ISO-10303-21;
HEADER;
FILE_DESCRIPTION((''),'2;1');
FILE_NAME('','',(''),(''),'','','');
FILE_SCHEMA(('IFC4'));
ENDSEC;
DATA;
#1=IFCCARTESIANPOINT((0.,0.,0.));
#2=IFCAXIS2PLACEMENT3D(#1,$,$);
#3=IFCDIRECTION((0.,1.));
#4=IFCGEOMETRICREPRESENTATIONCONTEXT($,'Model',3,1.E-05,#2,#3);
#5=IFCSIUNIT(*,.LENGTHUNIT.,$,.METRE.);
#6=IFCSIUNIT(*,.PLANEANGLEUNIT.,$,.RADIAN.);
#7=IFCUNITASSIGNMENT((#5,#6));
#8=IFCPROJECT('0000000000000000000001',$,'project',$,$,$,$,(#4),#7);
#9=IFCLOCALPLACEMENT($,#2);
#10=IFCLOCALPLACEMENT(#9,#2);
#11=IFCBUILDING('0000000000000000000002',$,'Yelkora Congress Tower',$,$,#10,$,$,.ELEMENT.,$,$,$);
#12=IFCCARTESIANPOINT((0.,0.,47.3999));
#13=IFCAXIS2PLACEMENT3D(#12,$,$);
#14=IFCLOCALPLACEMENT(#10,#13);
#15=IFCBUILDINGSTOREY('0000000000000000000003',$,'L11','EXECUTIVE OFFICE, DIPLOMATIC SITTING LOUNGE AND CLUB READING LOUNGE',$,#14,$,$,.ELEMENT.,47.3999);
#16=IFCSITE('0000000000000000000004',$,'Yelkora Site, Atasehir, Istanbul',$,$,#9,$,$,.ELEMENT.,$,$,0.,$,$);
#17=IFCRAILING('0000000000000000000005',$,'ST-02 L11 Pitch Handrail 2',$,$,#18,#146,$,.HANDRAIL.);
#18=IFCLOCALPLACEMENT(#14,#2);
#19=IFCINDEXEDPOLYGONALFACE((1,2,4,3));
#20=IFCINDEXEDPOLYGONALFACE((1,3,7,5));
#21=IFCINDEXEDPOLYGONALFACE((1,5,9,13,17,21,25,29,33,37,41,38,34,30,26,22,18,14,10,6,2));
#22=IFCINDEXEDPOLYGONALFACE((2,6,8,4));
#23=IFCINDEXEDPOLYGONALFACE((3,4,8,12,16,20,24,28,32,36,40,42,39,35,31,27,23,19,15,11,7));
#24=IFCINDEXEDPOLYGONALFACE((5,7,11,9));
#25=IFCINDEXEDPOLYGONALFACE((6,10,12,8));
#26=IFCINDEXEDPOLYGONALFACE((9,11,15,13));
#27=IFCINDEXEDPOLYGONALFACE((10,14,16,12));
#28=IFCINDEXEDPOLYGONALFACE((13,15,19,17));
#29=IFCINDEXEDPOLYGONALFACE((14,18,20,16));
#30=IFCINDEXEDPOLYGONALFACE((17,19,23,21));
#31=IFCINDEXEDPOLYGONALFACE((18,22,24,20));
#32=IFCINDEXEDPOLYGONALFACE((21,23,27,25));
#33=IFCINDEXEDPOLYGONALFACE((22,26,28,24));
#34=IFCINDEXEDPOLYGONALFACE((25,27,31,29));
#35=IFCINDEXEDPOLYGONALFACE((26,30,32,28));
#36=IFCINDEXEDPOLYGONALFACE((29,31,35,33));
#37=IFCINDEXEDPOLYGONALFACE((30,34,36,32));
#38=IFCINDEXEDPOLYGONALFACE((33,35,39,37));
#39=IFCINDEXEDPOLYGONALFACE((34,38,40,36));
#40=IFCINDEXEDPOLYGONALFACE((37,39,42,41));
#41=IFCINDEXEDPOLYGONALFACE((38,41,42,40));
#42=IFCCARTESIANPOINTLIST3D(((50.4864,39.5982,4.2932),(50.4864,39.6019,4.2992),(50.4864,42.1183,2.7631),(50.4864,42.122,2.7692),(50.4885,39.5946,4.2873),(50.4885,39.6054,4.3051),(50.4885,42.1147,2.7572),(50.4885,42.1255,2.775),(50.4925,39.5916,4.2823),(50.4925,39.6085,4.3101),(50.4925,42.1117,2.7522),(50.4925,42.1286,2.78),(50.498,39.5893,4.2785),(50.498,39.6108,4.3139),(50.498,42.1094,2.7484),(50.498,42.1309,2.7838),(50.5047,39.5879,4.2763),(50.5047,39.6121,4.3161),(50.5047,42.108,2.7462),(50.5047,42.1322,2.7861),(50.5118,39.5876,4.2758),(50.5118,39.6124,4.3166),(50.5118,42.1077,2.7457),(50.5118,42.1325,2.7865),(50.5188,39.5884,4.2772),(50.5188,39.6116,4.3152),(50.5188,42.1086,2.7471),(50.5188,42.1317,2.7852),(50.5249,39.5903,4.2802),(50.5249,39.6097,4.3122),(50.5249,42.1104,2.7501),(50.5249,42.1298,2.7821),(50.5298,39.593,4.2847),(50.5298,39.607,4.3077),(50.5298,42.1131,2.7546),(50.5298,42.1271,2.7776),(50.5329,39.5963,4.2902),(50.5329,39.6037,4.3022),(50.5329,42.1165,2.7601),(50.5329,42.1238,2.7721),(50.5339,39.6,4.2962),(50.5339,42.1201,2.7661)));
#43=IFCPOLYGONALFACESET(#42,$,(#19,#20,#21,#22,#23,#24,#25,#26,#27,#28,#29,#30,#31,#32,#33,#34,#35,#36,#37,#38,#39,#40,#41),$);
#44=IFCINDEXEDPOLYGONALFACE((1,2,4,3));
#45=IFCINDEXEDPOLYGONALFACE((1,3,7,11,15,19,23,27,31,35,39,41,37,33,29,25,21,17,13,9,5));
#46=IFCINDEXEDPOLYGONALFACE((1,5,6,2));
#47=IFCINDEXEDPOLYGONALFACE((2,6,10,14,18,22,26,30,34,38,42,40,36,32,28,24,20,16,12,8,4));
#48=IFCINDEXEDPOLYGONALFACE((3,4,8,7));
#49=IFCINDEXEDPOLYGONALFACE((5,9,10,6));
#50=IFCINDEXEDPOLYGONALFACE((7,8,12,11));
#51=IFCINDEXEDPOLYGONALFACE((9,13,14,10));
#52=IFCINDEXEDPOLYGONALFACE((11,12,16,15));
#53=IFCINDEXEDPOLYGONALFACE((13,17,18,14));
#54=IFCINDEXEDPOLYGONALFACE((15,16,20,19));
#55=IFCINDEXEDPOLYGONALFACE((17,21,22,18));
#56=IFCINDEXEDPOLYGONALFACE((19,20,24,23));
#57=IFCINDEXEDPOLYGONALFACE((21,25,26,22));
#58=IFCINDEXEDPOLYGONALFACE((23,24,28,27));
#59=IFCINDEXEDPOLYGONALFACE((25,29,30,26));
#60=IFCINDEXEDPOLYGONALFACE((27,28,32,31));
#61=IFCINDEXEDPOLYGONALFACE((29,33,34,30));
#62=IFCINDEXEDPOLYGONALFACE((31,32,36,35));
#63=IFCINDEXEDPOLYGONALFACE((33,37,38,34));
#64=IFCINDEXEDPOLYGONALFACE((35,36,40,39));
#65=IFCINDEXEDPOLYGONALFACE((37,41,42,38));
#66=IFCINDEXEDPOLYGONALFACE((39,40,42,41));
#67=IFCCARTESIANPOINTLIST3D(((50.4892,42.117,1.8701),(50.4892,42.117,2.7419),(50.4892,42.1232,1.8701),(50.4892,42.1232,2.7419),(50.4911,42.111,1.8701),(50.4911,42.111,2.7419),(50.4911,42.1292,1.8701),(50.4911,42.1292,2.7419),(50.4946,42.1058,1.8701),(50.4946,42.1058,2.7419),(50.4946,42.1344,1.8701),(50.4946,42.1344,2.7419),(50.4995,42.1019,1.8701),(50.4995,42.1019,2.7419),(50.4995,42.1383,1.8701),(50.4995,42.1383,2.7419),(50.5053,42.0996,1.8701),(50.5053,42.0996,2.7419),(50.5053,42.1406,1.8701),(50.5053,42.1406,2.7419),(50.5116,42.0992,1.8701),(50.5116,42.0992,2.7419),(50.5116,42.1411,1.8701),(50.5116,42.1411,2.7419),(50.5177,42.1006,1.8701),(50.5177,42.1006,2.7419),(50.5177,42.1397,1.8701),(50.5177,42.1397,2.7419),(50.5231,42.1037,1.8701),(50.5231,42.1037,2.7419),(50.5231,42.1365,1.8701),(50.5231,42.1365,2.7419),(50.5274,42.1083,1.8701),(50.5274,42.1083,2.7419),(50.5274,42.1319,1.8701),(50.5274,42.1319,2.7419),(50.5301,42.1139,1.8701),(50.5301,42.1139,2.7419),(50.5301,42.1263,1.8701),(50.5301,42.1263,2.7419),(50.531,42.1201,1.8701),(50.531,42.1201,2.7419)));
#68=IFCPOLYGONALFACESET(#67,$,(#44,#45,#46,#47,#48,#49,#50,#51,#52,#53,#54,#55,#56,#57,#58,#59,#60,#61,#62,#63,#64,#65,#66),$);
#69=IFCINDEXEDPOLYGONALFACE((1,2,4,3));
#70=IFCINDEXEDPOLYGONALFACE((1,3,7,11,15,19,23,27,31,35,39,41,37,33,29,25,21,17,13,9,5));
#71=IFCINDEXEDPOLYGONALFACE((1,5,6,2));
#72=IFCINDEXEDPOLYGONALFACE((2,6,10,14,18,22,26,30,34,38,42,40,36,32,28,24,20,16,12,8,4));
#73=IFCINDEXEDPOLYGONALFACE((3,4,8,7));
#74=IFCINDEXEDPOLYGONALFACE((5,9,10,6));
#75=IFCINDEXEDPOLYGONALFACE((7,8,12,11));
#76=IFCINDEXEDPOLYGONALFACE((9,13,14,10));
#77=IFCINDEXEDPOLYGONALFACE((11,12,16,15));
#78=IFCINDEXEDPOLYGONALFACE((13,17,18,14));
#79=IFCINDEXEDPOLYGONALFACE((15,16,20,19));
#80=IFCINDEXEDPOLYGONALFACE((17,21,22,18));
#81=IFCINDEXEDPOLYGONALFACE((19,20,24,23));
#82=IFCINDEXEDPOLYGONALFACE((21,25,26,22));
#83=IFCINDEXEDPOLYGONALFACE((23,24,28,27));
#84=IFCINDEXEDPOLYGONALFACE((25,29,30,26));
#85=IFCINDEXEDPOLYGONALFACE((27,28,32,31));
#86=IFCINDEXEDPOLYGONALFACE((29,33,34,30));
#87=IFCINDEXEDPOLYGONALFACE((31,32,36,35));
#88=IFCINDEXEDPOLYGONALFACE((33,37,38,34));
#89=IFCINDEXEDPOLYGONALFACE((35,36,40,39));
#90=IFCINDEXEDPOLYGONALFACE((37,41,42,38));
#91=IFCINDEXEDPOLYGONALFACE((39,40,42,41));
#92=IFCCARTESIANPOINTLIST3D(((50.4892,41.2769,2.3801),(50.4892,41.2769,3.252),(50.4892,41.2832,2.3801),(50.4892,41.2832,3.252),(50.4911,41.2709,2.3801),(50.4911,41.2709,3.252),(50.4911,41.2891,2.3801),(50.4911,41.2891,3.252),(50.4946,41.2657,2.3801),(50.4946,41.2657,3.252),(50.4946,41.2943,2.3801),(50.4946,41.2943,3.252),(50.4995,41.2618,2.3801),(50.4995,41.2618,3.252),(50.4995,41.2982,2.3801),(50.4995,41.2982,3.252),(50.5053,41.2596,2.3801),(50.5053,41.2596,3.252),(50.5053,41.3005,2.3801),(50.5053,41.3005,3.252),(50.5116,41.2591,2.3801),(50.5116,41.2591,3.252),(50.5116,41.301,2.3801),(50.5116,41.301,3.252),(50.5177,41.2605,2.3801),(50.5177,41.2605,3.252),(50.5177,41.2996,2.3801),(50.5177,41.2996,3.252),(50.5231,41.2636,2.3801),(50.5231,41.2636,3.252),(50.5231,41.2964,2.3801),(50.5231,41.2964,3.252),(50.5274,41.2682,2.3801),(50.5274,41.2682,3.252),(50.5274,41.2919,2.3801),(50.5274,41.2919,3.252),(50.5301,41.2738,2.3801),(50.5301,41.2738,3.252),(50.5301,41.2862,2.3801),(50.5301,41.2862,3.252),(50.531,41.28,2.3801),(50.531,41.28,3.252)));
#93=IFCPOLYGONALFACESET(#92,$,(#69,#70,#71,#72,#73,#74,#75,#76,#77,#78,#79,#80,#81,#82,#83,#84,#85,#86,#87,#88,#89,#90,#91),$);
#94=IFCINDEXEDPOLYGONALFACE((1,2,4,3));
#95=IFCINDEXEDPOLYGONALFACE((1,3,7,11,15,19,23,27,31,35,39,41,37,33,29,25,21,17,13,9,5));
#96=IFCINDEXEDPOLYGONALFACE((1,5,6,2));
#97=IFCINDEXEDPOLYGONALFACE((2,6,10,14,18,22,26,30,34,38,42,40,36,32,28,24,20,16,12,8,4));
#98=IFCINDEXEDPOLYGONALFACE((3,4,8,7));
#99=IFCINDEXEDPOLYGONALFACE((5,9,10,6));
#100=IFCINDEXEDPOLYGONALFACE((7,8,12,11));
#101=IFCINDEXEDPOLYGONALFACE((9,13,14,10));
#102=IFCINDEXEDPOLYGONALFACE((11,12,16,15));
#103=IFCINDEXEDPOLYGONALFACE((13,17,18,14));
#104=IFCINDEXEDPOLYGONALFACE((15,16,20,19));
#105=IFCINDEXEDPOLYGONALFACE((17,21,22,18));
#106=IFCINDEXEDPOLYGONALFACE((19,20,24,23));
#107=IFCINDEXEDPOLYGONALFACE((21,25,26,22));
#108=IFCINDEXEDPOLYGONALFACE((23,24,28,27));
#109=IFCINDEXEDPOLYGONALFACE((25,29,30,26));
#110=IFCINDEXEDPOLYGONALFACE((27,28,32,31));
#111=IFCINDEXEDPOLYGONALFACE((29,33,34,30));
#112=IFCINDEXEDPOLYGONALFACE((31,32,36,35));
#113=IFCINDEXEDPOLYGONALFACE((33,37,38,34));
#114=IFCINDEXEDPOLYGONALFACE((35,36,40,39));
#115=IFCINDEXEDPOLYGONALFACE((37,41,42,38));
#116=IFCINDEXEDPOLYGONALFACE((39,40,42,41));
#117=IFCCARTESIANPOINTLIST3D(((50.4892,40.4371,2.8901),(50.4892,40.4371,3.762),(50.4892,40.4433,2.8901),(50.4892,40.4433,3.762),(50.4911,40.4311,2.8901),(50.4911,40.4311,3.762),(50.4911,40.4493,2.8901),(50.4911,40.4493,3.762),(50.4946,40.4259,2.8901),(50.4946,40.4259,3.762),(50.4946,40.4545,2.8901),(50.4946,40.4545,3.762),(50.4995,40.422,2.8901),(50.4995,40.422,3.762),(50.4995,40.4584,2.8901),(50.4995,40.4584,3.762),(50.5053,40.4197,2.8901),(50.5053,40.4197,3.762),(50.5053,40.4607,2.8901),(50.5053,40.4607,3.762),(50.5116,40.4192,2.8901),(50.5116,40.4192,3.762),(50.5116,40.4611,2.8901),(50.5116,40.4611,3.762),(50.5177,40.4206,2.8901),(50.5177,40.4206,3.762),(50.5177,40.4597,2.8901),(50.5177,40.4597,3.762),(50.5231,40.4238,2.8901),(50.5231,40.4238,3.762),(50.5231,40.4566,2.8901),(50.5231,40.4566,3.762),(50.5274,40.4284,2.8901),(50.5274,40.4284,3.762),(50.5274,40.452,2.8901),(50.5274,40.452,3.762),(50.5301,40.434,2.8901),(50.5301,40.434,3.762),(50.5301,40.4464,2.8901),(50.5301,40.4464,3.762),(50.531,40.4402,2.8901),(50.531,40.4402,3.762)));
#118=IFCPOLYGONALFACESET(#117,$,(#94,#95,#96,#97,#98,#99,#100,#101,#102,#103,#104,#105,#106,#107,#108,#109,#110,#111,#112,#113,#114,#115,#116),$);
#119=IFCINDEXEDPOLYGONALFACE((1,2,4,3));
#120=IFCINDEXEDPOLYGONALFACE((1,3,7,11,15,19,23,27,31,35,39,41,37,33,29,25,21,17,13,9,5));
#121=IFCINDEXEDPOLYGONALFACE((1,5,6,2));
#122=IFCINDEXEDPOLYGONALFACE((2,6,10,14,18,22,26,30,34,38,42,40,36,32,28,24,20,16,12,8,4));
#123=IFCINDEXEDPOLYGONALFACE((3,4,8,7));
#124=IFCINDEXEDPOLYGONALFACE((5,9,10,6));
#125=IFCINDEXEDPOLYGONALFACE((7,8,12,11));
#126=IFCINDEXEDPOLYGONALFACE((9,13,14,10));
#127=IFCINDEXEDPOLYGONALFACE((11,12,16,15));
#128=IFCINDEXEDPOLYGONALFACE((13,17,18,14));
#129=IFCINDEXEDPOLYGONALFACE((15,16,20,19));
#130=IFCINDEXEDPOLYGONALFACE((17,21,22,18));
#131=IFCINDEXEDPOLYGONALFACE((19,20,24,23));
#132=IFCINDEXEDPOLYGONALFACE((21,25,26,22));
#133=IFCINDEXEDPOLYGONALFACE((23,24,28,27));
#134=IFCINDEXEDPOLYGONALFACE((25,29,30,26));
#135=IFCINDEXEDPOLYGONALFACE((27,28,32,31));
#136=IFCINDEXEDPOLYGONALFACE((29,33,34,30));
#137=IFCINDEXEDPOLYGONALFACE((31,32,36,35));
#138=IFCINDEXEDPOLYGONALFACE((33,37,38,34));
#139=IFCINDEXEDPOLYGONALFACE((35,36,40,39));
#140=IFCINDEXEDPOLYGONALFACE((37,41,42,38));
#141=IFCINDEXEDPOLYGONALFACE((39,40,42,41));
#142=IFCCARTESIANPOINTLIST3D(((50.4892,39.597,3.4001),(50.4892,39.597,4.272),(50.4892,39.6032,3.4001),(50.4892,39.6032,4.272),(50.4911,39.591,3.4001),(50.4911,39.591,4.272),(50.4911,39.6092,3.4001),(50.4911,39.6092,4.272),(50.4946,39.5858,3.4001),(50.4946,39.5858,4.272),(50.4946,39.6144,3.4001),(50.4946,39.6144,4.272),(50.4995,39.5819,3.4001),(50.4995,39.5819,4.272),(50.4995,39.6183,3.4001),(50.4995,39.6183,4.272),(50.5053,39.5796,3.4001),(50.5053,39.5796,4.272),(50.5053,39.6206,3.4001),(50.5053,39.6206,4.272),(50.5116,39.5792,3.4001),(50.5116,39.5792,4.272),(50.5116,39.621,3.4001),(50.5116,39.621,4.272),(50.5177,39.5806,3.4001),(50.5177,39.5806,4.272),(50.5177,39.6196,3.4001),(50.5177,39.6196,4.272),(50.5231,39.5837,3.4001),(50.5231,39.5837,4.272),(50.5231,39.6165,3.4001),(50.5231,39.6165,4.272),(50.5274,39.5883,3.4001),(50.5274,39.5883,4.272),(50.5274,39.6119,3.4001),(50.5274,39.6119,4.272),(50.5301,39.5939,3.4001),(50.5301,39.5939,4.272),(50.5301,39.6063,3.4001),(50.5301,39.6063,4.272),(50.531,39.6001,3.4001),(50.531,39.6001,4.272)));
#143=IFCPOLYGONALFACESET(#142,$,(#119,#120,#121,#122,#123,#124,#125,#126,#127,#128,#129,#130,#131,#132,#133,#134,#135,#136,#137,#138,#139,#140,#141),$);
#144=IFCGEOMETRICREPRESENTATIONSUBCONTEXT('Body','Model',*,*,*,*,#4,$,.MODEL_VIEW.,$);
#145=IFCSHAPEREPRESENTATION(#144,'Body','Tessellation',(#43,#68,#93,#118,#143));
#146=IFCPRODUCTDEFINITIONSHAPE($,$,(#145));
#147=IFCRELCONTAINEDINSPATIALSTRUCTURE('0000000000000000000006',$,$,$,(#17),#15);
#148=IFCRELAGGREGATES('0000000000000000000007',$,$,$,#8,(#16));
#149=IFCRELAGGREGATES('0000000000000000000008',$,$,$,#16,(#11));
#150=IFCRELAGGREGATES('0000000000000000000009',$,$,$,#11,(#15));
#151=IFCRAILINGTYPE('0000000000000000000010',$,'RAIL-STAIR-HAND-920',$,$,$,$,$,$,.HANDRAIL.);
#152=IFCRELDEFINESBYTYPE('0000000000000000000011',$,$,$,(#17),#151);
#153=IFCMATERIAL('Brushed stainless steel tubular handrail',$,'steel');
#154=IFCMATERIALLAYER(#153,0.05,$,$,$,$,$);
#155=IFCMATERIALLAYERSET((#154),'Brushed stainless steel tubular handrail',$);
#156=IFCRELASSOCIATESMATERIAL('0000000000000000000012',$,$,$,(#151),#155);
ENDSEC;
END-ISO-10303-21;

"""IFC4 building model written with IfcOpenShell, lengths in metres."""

from ifc_helpers import new_model, si_unit, direction, frame, origin, origin_2d, place, context, subcontext, project, spatial, circle, extrude, material, layer, layer_set, type_object, element, save


model = new_model("IFC4")

# Units and contexts
model_context = context("Model", 3, precision=1e-05, world=origin(), true_north=direction((0.0, 1.0)))
body_context = subcontext(model_context, "Body", "Model", "MODEL_VIEW")
ifc_project = project(units=[si_unit("LENGTHUNIT", "METRE"), si_unit("PLANEANGLEUNIT", "RADIAN")], contexts=[model_context])

# Site, building, storey
site_placement = place(None, origin())
site = spatial("IfcSite", under=ifc_project, at=site_placement, Name="Yelkora Site, Atasehir, Istanbul", CompositionType="ELEMENT", RefElevation=0.0)
building_placement = place(site_placement, origin())
building = spatial("IfcBuilding", under=site, at=building_placement, Name="Yelkora Congress Tower", CompositionType="ELEMENT")
storey_placement = place(building_placement, frame((0.0, 0.0, 47.3999)))
storey = spatial("IfcBuildingStorey", under=building, at=storey_placement, Name="L11", Description="EXECUTIVE OFFICE, DIPLOMATIC SITTING LOUNGE AND CLUB READING LOUNGE", CompositionType="ELEMENT", Elevation=47.3999)

# Railing
ifc_material_1 = material(Name="Brushed stainless steel tubular handrail", Category="steel")
ifc_layer_1 = layer(ifc_material_1, 0.05)
ifc_layer_set_1 = layer_set([ifc_layer_1], Name="Brushed stainless steel tubular handrail")
railing_type_1 = type_object("IfcRailingType", Name="RAIL-STAIR-HAND-920", PredefinedType="HANDRAIL", material=ifc_layer_set_1)
railing_1_placement = place(storey_placement, frame((50.51, 42.1201, 1.8701)))
element("IfcRailing", 1, at=railing_1_placement, inside=storey, type_object=railing_type_1, Name="ST-02 L11 Pitch Handrail 2", PredefinedType="HANDRAIL", context=body_context, shape_type="SweptSolid", body=[
    extrude(circle(Radius=0.0239, at=origin_2d()), frame((0.0, 0.0, 0.896), z_axis=(0.0, -0.854785, 0.518982), x_axis=(1.0, 0.0, 0.0)), (0.0, 0.0, 1.0), 2.9482),
    extrude(circle(Radius=0.021, at=origin_2d()), origin(), (0.0, 0.0, 1.0), 0.8718),
    extrude(circle(Radius=0.021, at=origin_2d()), frame((0.0, -0.8401, 0.51)), (0.0, 0.0, 1.0), 0.8718),
    extrude(circle(Radius=0.021, at=origin_2d()), frame((0.0, -1.6799, 1.02)), (0.0, 0.0, 1.0), 0.8718),
    extrude(circle(Radius=0.021, at=origin_2d()), frame((0.0, -2.52, 1.53)), (0.0, 0.0, 1.0), 0.8718),
])

save(model, "model.ifc")
